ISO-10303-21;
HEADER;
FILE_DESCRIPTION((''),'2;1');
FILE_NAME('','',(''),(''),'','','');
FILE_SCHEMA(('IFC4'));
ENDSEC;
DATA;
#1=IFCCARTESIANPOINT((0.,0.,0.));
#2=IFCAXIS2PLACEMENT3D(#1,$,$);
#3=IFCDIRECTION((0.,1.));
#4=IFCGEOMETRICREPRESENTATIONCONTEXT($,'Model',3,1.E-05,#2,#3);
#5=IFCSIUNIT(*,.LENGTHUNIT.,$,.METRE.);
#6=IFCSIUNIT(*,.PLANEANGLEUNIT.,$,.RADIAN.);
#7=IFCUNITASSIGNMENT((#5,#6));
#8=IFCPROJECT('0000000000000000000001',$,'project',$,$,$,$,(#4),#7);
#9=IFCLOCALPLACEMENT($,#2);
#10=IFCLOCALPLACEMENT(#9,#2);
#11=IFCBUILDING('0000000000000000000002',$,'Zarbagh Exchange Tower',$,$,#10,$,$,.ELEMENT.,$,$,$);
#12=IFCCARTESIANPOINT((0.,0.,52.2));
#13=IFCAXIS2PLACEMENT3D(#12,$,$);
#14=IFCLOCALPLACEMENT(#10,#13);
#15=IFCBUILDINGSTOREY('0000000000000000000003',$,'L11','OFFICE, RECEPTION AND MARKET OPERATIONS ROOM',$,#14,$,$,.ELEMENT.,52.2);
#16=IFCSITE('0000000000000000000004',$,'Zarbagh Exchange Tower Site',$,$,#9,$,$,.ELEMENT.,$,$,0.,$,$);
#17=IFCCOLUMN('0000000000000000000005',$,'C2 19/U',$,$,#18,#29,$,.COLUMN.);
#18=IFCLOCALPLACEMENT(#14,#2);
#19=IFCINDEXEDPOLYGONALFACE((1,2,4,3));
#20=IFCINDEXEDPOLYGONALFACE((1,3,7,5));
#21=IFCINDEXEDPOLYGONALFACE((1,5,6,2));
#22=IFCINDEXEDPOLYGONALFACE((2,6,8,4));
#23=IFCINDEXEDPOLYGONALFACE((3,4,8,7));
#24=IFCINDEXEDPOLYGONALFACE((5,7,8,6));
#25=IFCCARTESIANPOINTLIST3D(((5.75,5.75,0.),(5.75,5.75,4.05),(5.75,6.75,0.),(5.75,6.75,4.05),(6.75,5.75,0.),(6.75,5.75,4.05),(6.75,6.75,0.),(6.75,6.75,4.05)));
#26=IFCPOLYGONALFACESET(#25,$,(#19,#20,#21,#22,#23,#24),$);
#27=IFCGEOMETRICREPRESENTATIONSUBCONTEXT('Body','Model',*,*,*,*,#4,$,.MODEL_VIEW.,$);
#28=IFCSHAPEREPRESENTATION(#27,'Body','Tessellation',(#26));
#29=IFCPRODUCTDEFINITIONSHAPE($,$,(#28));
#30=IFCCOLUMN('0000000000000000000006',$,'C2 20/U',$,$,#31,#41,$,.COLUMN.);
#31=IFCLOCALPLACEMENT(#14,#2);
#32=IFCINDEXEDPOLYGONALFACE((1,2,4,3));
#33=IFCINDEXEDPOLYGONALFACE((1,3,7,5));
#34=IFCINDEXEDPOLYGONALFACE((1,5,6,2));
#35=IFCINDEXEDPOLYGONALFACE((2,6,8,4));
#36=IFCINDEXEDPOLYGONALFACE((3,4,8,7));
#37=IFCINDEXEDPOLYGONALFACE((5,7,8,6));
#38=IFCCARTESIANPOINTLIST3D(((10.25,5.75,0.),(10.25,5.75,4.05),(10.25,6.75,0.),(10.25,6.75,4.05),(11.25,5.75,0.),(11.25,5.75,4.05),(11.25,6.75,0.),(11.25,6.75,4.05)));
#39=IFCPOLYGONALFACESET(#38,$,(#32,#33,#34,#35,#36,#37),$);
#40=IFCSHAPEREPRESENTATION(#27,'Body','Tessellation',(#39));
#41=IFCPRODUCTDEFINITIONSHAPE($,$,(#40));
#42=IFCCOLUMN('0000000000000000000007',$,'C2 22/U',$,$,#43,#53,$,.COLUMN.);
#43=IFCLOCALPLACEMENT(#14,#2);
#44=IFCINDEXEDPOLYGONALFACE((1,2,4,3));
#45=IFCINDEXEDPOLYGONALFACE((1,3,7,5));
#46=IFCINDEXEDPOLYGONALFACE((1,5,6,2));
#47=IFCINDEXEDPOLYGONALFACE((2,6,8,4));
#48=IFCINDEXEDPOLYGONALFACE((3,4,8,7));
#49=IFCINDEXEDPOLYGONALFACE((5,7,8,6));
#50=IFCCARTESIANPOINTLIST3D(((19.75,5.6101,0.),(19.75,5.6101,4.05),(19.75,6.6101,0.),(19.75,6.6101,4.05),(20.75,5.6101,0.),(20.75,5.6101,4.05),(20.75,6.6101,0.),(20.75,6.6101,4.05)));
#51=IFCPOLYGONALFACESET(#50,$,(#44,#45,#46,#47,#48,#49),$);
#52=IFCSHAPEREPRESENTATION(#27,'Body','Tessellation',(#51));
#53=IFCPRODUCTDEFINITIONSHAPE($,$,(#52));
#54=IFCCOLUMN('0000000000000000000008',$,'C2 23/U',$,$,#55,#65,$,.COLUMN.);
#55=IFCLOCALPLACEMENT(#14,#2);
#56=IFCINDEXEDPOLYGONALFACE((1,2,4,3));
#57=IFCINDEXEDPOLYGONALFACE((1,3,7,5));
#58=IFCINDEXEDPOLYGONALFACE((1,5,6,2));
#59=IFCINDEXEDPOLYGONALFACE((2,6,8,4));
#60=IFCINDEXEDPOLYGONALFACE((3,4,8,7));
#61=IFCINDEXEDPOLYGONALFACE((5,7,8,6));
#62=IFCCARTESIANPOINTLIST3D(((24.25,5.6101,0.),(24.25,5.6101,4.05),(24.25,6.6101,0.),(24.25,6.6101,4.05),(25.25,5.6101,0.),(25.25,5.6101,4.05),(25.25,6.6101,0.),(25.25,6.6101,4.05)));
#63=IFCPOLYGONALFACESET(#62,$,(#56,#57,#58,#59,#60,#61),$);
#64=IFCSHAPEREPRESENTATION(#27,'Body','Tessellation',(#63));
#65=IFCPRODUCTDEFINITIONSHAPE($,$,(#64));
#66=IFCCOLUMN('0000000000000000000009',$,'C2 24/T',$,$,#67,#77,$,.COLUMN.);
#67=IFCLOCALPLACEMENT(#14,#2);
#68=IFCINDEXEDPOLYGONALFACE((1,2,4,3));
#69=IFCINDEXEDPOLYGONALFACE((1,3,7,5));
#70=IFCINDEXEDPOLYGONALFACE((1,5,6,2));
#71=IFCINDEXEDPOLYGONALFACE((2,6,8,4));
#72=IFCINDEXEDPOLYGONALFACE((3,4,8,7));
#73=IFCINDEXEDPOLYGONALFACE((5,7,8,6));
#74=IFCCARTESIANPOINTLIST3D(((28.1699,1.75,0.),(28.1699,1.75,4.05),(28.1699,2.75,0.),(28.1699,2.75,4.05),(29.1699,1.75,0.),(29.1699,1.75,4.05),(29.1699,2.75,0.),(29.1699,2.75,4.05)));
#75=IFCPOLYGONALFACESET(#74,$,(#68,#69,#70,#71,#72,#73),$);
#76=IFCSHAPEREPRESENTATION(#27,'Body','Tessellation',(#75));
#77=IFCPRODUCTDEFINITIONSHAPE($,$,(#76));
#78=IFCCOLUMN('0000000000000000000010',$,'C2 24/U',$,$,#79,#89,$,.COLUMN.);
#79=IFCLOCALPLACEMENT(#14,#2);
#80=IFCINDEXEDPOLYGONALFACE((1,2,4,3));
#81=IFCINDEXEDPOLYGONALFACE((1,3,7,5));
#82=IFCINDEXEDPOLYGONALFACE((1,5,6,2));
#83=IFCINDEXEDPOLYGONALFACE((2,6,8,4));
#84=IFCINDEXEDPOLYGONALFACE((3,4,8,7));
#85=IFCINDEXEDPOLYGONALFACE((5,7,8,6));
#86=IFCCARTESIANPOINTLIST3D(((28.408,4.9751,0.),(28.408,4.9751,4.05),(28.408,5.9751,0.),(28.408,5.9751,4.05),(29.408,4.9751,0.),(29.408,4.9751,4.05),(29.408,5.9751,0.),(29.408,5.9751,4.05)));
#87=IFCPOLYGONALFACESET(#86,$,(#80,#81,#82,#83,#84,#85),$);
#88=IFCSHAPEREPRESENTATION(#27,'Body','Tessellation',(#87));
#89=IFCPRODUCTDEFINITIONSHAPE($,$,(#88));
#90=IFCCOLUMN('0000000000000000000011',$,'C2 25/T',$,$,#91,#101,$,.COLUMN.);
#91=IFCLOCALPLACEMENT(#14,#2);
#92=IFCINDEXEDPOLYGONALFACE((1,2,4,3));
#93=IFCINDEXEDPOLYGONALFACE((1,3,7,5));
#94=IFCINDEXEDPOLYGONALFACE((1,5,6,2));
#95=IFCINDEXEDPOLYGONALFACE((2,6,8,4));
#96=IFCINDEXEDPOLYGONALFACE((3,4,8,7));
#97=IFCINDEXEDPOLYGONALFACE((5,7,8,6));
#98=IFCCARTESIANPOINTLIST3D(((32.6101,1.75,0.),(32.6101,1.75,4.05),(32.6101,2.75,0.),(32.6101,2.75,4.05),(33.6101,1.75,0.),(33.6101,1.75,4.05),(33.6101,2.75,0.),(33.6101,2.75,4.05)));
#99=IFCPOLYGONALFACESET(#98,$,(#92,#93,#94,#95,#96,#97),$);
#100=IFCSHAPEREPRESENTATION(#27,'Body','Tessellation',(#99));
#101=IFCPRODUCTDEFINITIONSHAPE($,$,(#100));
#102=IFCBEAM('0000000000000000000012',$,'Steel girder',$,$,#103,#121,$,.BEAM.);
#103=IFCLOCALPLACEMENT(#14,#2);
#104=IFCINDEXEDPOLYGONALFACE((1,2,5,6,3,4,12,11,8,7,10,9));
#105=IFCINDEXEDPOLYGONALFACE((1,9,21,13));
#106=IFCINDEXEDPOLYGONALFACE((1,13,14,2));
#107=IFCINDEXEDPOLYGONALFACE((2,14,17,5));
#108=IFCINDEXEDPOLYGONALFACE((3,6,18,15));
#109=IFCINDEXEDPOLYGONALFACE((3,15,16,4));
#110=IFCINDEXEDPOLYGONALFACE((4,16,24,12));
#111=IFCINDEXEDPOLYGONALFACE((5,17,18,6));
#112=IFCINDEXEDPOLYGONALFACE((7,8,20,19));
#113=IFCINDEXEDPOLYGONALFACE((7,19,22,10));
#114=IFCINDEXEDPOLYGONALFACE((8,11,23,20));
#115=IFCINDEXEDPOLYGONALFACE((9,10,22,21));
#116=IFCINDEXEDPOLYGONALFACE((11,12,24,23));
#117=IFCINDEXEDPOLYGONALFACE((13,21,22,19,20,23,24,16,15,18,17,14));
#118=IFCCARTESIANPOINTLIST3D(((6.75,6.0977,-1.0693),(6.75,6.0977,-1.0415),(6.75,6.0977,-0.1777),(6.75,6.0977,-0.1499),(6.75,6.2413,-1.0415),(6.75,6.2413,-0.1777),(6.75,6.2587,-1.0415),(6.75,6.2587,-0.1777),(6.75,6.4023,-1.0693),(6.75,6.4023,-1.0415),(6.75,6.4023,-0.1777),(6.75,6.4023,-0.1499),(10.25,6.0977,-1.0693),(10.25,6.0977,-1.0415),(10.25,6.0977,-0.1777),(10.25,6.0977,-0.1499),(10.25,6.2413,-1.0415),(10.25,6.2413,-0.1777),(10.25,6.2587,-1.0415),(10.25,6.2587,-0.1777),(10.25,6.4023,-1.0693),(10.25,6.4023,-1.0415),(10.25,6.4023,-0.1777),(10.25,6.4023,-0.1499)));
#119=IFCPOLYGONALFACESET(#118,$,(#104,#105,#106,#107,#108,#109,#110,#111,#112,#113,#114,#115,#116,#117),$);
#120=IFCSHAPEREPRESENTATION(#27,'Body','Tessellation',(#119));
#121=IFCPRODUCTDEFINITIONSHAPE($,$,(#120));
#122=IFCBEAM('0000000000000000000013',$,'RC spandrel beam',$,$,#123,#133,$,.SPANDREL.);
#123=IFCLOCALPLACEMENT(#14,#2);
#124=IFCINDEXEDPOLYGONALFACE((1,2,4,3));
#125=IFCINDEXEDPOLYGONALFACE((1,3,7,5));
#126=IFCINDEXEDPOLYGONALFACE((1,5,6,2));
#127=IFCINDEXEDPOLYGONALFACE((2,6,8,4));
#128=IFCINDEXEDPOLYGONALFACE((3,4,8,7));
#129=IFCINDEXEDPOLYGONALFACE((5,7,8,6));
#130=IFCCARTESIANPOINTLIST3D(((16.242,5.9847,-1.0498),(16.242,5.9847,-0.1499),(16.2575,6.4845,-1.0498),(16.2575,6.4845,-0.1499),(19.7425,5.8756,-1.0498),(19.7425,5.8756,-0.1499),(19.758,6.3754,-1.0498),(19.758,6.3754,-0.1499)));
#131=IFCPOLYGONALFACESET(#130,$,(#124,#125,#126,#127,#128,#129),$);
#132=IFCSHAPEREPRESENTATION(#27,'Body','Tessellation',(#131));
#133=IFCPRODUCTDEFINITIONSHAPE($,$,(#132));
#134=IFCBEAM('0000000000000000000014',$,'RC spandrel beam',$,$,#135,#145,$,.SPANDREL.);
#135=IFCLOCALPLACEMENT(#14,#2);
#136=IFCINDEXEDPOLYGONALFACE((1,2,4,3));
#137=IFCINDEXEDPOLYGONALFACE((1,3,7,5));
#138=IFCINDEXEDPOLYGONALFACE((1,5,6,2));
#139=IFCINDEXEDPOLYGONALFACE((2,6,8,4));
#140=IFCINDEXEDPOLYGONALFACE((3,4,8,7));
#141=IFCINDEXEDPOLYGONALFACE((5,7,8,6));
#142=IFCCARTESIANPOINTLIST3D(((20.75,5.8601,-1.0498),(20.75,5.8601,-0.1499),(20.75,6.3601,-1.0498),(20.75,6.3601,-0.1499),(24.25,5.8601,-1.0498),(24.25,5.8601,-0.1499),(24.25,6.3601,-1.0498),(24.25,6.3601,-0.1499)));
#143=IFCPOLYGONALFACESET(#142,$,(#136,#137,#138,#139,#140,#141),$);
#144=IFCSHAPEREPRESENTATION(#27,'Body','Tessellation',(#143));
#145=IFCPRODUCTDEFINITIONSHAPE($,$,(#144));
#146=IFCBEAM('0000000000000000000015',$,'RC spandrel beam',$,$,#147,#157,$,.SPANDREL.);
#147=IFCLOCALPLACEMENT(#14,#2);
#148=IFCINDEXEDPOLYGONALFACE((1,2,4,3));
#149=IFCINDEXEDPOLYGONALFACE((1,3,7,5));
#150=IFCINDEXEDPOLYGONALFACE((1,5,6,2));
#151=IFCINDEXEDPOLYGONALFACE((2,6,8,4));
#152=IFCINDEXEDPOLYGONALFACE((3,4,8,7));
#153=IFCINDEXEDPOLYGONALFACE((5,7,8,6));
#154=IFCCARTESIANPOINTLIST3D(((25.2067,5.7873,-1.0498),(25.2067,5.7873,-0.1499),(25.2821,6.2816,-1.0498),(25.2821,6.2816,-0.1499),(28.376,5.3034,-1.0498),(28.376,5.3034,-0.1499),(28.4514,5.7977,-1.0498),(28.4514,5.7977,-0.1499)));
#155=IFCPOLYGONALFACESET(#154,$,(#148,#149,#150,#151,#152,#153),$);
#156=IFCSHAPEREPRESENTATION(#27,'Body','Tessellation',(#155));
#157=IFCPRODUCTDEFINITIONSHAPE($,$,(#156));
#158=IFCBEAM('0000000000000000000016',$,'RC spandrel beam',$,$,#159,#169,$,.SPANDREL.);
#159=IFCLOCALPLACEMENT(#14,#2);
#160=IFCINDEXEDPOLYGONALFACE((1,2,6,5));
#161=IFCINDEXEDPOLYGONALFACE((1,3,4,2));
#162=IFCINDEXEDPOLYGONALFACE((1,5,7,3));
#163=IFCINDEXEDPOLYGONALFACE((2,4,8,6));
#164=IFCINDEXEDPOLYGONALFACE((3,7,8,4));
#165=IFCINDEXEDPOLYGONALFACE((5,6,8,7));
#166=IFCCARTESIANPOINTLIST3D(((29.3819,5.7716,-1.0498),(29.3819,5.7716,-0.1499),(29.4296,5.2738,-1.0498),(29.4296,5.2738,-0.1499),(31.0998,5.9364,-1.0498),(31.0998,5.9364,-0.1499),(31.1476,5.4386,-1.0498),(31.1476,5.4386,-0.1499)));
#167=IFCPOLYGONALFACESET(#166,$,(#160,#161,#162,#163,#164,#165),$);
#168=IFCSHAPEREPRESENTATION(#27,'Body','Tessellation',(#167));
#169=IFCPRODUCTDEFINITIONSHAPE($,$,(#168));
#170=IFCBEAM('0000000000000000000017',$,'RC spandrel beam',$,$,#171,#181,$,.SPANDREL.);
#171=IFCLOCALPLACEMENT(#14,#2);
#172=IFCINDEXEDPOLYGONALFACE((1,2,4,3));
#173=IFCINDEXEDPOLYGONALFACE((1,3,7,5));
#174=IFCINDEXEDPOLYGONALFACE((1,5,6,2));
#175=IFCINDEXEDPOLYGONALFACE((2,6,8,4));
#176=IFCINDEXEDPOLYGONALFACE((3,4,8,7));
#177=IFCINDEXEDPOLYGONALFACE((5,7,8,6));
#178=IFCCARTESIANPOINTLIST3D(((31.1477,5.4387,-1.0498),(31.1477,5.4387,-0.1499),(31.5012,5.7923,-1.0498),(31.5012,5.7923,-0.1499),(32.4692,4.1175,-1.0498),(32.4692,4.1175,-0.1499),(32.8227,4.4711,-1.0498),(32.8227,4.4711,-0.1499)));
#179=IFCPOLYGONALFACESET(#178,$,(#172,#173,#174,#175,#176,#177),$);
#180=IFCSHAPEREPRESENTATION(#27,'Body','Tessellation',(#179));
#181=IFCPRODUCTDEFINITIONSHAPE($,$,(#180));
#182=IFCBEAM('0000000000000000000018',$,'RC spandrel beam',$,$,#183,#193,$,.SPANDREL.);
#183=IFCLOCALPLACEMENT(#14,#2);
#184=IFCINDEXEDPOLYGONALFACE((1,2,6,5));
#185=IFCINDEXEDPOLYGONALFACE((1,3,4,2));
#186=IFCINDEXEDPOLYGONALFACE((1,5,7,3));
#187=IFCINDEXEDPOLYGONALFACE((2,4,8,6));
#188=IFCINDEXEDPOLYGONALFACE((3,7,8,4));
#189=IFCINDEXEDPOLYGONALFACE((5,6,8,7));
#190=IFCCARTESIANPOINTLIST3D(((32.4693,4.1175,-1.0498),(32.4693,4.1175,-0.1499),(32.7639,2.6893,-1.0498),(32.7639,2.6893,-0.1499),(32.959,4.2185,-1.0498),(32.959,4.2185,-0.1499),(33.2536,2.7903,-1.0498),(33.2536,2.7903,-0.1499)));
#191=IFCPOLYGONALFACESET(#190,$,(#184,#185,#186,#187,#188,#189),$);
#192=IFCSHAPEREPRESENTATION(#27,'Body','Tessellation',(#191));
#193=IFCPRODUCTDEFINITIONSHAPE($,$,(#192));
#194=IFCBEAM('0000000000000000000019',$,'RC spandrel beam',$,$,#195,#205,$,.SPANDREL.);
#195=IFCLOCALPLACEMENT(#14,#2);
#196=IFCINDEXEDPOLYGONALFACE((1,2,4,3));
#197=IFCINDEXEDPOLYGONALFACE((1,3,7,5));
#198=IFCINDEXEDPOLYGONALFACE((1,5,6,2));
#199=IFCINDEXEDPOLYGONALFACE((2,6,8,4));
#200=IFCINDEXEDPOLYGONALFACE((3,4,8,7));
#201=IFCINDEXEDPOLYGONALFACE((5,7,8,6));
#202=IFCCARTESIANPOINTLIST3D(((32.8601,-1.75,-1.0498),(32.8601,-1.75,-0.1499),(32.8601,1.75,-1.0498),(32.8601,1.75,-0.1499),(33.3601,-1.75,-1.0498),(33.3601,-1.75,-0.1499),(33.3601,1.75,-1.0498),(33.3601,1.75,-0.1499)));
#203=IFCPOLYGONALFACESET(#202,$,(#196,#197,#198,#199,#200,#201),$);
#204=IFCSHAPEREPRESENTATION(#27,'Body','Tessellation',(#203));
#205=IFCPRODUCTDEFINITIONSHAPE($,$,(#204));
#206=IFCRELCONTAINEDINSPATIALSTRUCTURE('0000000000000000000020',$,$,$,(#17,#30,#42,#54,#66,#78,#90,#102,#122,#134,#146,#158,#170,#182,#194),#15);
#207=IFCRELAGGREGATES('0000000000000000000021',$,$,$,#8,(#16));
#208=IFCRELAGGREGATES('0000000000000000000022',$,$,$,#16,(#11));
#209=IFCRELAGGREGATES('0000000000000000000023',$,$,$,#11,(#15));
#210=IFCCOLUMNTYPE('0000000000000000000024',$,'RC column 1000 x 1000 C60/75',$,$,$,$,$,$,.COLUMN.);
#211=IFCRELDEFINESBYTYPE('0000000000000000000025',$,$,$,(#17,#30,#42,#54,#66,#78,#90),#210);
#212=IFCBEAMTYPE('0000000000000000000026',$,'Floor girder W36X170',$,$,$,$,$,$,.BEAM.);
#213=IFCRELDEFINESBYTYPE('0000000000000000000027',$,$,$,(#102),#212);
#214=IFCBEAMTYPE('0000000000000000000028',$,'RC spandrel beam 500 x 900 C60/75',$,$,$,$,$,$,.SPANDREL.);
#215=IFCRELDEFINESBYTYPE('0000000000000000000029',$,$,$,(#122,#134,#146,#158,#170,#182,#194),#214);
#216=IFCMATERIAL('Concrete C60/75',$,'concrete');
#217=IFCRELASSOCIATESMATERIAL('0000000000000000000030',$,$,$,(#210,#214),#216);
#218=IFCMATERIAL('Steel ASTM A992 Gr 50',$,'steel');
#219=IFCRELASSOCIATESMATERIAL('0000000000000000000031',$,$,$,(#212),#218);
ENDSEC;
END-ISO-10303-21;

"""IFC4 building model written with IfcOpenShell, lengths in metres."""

from ifc_helpers import new_model, si_unit, direction, frame, origin, origin_2d, place, context, subcontext, project, spatial, rectangle, i_section, extrude, material, material_profile, profile_set, type_object, element, save


model = new_model("IFC4")

# Units and contexts
model_context = context("Model", 3, precision=1e-05, world=origin(), true_north=direction((0.0, 1.0)))
body_context = subcontext(model_context, "Body", "Model", "MODEL_VIEW")
ifc_project = project(units=[si_unit("LENGTHUNIT", "METRE"), si_unit("PLANEANGLEUNIT", "RADIAN")], contexts=[model_context])

# Site, building, storey
site_placement = place(None, origin())
site = spatial("IfcSite", under=ifc_project, at=site_placement, Name="Zarbagh Exchange Tower Site", CompositionType="ELEMENT", RefElevation=0.0)
building_placement = place(site_placement, origin())
building = spatial("IfcBuilding", under=site, at=building_placement, Name="Zarbagh Exchange Tower", CompositionType="ELEMENT")
storey_placement = place(building_placement, frame((0.0, 0.0, 52.2)))
storey = spatial("IfcBuildingStorey", under=building, at=storey_placement, Name="L11", Description="OFFICE, RECEPTION AND MARKET OPERATIONS ROOM", CompositionType="ELEMENT", Elevation=52.2)

# Columns
ifc_material_1 = material(Name="Concrete C60/75", Category="concrete")
ifc_material_profile_1 = material_profile(ifc_material_1, rectangle(XDim=1.0, YDim=1.0, at=origin_2d()), Name="RC column 1000 x 1000 C60/75")
ifc_profile_set_1 = profile_set([ifc_material_profile_1], Name="Concrete C60/75")
column_type = type_object("IfcColumnType", Name="RC column 1000 x 1000 C60/75", PredefinedType="COLUMN", material=ifc_profile_set_1)
for number, where, z_axis, x_axis, name in (
    (1, (6.25, 6.25, 0.0), (0.0, 0.0, 1.0), (1.0, 0.0, 0.0), "C2 19/U"),
    (2, (10.75, 6.25, 0.0), (0.0, 0.0, 1.0), (1.0, 0.0, 0.0), "C2 20/U"),
    (3, (20.25, 6.1101, 0.0), (0.0, 0.0, 1.0), (1.0, 0.0, 0.0), "C2 22/U"),
    (4, (24.75, 6.1101, 0.0), (0.0, 0.0, 1.0), (1.0, 0.0, 0.0), "C2 23/U"),
    (5, (28.6699, 2.25, 0.0), (0.0, 0.0, 1.0), (1.0, 0.0, 0.0), "C2 24/T"),
    (6, (28.908, 5.4751, 0.0), (0.0, 0.0, 1.0), (1.0, 0.0, 0.0), "C2 24/U"),
    (7, (33.1101, 2.25, 0.0), (0.0, 0.0, 1.0), (1.0, 0.0, 0.0), "C2 25/T"),
):
    element("IfcColumn", number, at=place(storey_placement, frame(where, z_axis=z_axis, x_axis=x_axis)), inside=storey, type_object=column_type, Name=name, PredefinedType="COLUMN", context=body_context, shape_type="SweptSolid", body=[
        extrude(rectangle(XDim=1.0, YDim=1.0, at=origin_2d()), origin(), (0.0, 0.0, 1.0), 4.05),
    ])

# Beams
ifc_material_2 = material(Name="Steel ASTM A992 Gr 50", Category="steel")
ifc_material_profile_2 = material_profile(ifc_material_2, i_section(OverallWidth=0.3047, OverallDepth=0.9194, WebThickness=0.0173, FlangeThickness=0.0278, at=origin_2d()), Name="W36X170")
ifc_profile_set_2 = profile_set([ifc_material_profile_2], Name="Steel ASTM A992 Gr 50")
beam_type_1 = type_object("IfcBeamType", Name="Floor girder W36X170", PredefinedType="BEAM", material=ifc_profile_set_2)
beam_1_placement = place(storey_placement, frame((6.75, 6.25, -0.6096), z_axis=(1.0, 0.0, 0.0), x_axis=(0.0, 1.0, 0.0)))
element("IfcBeam", 8, at=beam_1_placement, inside=storey, type_object=beam_type_1, Name="Steel girder", PredefinedType="BEAM", context=body_context, shape_type="SweptSolid", body=[
    extrude(i_section(OverallWidth=0.3047, OverallDepth=0.9194, WebThickness=0.0173, FlangeThickness=0.0278, at=origin_2d()), origin(), (0.0, 0.0, 1.0), 3.5),
])
ifc_material_profile_3 = material_profile(ifc_material_1, rectangle(XDim=0.5, YDim=0.8999, at=origin_2d()), Name="RC spandrel beam 500 x 900 C60/75")
ifc_profile_set_3 = profile_set([ifc_material_profile_3], Name="Concrete C60/75")
beam_type_2 = type_object("IfcBeamType", Name="RC spandrel beam 500 x 900 C60/75", PredefinedType="SPANDREL", material=ifc_profile_set_3)
beam_2_placement = place(storey_placement, frame((16.2498, 6.2346, -0.5999), z_axis=(0.999514, -0.031161, 0.0), x_axis=(0.031161, 0.999514, 0.0)))
element("IfcBeam", 9, at=beam_2_placement, inside=storey, type_object=beam_type_2, Name="RC spandrel beam", PredefinedType="SPANDREL", context=body_context, shape_type="SweptSolid", body=[
    extrude(rectangle(XDim=0.5, YDim=0.8999, at=origin_2d()), origin(), (0.0, 0.0, 1.0), 3.5022),
])
beam_3_placement = place(storey_placement, frame((20.75, 6.1101, -0.5999), z_axis=(1.0, 0.0, 0.0), x_axis=(0.0, 1.0, 0.0)))
element("IfcBeam", 10, at=beam_3_placement, inside=storey, type_object=beam_type_2, Name="RC spandrel beam", PredefinedType="SPANDREL", context=body_context, shape_type="SweptSolid", body=[
    extrude(rectangle(XDim=0.5, YDim=0.8999, at=origin_2d()), origin(), (0.0, 0.0, 1.0), 3.5),
])
beam_4_placement = place(storey_placement, frame((25.2444, 6.0344, -0.5999), z_axis=(0.988545, -0.150924, 0.0), x_axis=(0.150924, 0.988545, 0.0)))
element("IfcBeam", 11, at=beam_4_placement, inside=storey, type_object=beam_type_2, Name="RC spandrel beam", PredefinedType="SPANDREL", context=body_context, shape_type="SweptSolid", body=[
    extrude(rectangle(XDim=0.5, YDim=0.8999, at=origin_2d()), origin(), (0.0, 0.0, 1.0), 3.2061),
])
beam_5_placement = place(storey_placement, frame((29.4058, 5.5227, -0.5999), z_axis=(0.995431, 0.095483, 0.0), x_axis=(-0.095483, 0.995431, 0.0)))
element("IfcBeam", 12, at=beam_5_placement, inside=storey, type_object=beam_type_2, Name="RC spandrel beam", PredefinedType="SPANDREL", context=body_context, shape_type="SweptSolid", body=[
    extrude(rectangle(XDim=0.5, YDim=0.8999, at=origin_2d()), origin(), (0.0, 0.0, 1.0), 1.7258),
])
beam_6_placement = place(storey_placement, frame((31.3245, 5.6155, -0.5999), z_axis=(0.707172, -0.707041, 0.0), x_axis=(0.707041, 0.707172, 0.0)))
element("IfcBeam", 13, at=beam_6_placement, inside=storey, type_object=beam_type_2, Name="RC spandrel beam", PredefinedType="SPANDREL", context=body_context, shape_type="SweptSolid", body=[
    extrude(rectangle(XDim=0.5, YDim=0.8999, at=origin_2d()), origin(), (0.0, 0.0, 1.0), 1.8687),
])
beam_7_placement = place(storey_placement, frame((32.7141, 4.168, -0.5999), z_axis=(0.202069, -0.979371, 0.0), x_axis=(0.979371, 0.202069, 0.0)))
element("IfcBeam", 14, at=beam_7_placement, inside=storey, type_object=beam_type_2, Name="RC spandrel beam", PredefinedType="SPANDREL", context=body_context, shape_type="SweptSolid", body=[
    extrude(rectangle(XDim=0.5, YDim=0.8999, at=origin_2d()), origin(), (0.0, 0.0, 1.0), 1.4583),
])
beam_8_placement = place(storey_placement, frame((33.1101, 1.75, -0.5999), z_axis=(0.0, -1.0, 0.0), x_axis=(1.0, 0.0, 0.0)))
element("IfcBeam", 15, at=beam_8_placement, inside=storey, type_object=beam_type_2, Name="RC spandrel beam", PredefinedType="SPANDREL", context=body_context, shape_type="SweptSolid", body=[
    extrude(rectangle(XDim=0.5, YDim=0.8999, at=origin_2d()), origin(), (0.0, 0.0, 1.0), 3.5),
])

save(model, "model.ifc")
